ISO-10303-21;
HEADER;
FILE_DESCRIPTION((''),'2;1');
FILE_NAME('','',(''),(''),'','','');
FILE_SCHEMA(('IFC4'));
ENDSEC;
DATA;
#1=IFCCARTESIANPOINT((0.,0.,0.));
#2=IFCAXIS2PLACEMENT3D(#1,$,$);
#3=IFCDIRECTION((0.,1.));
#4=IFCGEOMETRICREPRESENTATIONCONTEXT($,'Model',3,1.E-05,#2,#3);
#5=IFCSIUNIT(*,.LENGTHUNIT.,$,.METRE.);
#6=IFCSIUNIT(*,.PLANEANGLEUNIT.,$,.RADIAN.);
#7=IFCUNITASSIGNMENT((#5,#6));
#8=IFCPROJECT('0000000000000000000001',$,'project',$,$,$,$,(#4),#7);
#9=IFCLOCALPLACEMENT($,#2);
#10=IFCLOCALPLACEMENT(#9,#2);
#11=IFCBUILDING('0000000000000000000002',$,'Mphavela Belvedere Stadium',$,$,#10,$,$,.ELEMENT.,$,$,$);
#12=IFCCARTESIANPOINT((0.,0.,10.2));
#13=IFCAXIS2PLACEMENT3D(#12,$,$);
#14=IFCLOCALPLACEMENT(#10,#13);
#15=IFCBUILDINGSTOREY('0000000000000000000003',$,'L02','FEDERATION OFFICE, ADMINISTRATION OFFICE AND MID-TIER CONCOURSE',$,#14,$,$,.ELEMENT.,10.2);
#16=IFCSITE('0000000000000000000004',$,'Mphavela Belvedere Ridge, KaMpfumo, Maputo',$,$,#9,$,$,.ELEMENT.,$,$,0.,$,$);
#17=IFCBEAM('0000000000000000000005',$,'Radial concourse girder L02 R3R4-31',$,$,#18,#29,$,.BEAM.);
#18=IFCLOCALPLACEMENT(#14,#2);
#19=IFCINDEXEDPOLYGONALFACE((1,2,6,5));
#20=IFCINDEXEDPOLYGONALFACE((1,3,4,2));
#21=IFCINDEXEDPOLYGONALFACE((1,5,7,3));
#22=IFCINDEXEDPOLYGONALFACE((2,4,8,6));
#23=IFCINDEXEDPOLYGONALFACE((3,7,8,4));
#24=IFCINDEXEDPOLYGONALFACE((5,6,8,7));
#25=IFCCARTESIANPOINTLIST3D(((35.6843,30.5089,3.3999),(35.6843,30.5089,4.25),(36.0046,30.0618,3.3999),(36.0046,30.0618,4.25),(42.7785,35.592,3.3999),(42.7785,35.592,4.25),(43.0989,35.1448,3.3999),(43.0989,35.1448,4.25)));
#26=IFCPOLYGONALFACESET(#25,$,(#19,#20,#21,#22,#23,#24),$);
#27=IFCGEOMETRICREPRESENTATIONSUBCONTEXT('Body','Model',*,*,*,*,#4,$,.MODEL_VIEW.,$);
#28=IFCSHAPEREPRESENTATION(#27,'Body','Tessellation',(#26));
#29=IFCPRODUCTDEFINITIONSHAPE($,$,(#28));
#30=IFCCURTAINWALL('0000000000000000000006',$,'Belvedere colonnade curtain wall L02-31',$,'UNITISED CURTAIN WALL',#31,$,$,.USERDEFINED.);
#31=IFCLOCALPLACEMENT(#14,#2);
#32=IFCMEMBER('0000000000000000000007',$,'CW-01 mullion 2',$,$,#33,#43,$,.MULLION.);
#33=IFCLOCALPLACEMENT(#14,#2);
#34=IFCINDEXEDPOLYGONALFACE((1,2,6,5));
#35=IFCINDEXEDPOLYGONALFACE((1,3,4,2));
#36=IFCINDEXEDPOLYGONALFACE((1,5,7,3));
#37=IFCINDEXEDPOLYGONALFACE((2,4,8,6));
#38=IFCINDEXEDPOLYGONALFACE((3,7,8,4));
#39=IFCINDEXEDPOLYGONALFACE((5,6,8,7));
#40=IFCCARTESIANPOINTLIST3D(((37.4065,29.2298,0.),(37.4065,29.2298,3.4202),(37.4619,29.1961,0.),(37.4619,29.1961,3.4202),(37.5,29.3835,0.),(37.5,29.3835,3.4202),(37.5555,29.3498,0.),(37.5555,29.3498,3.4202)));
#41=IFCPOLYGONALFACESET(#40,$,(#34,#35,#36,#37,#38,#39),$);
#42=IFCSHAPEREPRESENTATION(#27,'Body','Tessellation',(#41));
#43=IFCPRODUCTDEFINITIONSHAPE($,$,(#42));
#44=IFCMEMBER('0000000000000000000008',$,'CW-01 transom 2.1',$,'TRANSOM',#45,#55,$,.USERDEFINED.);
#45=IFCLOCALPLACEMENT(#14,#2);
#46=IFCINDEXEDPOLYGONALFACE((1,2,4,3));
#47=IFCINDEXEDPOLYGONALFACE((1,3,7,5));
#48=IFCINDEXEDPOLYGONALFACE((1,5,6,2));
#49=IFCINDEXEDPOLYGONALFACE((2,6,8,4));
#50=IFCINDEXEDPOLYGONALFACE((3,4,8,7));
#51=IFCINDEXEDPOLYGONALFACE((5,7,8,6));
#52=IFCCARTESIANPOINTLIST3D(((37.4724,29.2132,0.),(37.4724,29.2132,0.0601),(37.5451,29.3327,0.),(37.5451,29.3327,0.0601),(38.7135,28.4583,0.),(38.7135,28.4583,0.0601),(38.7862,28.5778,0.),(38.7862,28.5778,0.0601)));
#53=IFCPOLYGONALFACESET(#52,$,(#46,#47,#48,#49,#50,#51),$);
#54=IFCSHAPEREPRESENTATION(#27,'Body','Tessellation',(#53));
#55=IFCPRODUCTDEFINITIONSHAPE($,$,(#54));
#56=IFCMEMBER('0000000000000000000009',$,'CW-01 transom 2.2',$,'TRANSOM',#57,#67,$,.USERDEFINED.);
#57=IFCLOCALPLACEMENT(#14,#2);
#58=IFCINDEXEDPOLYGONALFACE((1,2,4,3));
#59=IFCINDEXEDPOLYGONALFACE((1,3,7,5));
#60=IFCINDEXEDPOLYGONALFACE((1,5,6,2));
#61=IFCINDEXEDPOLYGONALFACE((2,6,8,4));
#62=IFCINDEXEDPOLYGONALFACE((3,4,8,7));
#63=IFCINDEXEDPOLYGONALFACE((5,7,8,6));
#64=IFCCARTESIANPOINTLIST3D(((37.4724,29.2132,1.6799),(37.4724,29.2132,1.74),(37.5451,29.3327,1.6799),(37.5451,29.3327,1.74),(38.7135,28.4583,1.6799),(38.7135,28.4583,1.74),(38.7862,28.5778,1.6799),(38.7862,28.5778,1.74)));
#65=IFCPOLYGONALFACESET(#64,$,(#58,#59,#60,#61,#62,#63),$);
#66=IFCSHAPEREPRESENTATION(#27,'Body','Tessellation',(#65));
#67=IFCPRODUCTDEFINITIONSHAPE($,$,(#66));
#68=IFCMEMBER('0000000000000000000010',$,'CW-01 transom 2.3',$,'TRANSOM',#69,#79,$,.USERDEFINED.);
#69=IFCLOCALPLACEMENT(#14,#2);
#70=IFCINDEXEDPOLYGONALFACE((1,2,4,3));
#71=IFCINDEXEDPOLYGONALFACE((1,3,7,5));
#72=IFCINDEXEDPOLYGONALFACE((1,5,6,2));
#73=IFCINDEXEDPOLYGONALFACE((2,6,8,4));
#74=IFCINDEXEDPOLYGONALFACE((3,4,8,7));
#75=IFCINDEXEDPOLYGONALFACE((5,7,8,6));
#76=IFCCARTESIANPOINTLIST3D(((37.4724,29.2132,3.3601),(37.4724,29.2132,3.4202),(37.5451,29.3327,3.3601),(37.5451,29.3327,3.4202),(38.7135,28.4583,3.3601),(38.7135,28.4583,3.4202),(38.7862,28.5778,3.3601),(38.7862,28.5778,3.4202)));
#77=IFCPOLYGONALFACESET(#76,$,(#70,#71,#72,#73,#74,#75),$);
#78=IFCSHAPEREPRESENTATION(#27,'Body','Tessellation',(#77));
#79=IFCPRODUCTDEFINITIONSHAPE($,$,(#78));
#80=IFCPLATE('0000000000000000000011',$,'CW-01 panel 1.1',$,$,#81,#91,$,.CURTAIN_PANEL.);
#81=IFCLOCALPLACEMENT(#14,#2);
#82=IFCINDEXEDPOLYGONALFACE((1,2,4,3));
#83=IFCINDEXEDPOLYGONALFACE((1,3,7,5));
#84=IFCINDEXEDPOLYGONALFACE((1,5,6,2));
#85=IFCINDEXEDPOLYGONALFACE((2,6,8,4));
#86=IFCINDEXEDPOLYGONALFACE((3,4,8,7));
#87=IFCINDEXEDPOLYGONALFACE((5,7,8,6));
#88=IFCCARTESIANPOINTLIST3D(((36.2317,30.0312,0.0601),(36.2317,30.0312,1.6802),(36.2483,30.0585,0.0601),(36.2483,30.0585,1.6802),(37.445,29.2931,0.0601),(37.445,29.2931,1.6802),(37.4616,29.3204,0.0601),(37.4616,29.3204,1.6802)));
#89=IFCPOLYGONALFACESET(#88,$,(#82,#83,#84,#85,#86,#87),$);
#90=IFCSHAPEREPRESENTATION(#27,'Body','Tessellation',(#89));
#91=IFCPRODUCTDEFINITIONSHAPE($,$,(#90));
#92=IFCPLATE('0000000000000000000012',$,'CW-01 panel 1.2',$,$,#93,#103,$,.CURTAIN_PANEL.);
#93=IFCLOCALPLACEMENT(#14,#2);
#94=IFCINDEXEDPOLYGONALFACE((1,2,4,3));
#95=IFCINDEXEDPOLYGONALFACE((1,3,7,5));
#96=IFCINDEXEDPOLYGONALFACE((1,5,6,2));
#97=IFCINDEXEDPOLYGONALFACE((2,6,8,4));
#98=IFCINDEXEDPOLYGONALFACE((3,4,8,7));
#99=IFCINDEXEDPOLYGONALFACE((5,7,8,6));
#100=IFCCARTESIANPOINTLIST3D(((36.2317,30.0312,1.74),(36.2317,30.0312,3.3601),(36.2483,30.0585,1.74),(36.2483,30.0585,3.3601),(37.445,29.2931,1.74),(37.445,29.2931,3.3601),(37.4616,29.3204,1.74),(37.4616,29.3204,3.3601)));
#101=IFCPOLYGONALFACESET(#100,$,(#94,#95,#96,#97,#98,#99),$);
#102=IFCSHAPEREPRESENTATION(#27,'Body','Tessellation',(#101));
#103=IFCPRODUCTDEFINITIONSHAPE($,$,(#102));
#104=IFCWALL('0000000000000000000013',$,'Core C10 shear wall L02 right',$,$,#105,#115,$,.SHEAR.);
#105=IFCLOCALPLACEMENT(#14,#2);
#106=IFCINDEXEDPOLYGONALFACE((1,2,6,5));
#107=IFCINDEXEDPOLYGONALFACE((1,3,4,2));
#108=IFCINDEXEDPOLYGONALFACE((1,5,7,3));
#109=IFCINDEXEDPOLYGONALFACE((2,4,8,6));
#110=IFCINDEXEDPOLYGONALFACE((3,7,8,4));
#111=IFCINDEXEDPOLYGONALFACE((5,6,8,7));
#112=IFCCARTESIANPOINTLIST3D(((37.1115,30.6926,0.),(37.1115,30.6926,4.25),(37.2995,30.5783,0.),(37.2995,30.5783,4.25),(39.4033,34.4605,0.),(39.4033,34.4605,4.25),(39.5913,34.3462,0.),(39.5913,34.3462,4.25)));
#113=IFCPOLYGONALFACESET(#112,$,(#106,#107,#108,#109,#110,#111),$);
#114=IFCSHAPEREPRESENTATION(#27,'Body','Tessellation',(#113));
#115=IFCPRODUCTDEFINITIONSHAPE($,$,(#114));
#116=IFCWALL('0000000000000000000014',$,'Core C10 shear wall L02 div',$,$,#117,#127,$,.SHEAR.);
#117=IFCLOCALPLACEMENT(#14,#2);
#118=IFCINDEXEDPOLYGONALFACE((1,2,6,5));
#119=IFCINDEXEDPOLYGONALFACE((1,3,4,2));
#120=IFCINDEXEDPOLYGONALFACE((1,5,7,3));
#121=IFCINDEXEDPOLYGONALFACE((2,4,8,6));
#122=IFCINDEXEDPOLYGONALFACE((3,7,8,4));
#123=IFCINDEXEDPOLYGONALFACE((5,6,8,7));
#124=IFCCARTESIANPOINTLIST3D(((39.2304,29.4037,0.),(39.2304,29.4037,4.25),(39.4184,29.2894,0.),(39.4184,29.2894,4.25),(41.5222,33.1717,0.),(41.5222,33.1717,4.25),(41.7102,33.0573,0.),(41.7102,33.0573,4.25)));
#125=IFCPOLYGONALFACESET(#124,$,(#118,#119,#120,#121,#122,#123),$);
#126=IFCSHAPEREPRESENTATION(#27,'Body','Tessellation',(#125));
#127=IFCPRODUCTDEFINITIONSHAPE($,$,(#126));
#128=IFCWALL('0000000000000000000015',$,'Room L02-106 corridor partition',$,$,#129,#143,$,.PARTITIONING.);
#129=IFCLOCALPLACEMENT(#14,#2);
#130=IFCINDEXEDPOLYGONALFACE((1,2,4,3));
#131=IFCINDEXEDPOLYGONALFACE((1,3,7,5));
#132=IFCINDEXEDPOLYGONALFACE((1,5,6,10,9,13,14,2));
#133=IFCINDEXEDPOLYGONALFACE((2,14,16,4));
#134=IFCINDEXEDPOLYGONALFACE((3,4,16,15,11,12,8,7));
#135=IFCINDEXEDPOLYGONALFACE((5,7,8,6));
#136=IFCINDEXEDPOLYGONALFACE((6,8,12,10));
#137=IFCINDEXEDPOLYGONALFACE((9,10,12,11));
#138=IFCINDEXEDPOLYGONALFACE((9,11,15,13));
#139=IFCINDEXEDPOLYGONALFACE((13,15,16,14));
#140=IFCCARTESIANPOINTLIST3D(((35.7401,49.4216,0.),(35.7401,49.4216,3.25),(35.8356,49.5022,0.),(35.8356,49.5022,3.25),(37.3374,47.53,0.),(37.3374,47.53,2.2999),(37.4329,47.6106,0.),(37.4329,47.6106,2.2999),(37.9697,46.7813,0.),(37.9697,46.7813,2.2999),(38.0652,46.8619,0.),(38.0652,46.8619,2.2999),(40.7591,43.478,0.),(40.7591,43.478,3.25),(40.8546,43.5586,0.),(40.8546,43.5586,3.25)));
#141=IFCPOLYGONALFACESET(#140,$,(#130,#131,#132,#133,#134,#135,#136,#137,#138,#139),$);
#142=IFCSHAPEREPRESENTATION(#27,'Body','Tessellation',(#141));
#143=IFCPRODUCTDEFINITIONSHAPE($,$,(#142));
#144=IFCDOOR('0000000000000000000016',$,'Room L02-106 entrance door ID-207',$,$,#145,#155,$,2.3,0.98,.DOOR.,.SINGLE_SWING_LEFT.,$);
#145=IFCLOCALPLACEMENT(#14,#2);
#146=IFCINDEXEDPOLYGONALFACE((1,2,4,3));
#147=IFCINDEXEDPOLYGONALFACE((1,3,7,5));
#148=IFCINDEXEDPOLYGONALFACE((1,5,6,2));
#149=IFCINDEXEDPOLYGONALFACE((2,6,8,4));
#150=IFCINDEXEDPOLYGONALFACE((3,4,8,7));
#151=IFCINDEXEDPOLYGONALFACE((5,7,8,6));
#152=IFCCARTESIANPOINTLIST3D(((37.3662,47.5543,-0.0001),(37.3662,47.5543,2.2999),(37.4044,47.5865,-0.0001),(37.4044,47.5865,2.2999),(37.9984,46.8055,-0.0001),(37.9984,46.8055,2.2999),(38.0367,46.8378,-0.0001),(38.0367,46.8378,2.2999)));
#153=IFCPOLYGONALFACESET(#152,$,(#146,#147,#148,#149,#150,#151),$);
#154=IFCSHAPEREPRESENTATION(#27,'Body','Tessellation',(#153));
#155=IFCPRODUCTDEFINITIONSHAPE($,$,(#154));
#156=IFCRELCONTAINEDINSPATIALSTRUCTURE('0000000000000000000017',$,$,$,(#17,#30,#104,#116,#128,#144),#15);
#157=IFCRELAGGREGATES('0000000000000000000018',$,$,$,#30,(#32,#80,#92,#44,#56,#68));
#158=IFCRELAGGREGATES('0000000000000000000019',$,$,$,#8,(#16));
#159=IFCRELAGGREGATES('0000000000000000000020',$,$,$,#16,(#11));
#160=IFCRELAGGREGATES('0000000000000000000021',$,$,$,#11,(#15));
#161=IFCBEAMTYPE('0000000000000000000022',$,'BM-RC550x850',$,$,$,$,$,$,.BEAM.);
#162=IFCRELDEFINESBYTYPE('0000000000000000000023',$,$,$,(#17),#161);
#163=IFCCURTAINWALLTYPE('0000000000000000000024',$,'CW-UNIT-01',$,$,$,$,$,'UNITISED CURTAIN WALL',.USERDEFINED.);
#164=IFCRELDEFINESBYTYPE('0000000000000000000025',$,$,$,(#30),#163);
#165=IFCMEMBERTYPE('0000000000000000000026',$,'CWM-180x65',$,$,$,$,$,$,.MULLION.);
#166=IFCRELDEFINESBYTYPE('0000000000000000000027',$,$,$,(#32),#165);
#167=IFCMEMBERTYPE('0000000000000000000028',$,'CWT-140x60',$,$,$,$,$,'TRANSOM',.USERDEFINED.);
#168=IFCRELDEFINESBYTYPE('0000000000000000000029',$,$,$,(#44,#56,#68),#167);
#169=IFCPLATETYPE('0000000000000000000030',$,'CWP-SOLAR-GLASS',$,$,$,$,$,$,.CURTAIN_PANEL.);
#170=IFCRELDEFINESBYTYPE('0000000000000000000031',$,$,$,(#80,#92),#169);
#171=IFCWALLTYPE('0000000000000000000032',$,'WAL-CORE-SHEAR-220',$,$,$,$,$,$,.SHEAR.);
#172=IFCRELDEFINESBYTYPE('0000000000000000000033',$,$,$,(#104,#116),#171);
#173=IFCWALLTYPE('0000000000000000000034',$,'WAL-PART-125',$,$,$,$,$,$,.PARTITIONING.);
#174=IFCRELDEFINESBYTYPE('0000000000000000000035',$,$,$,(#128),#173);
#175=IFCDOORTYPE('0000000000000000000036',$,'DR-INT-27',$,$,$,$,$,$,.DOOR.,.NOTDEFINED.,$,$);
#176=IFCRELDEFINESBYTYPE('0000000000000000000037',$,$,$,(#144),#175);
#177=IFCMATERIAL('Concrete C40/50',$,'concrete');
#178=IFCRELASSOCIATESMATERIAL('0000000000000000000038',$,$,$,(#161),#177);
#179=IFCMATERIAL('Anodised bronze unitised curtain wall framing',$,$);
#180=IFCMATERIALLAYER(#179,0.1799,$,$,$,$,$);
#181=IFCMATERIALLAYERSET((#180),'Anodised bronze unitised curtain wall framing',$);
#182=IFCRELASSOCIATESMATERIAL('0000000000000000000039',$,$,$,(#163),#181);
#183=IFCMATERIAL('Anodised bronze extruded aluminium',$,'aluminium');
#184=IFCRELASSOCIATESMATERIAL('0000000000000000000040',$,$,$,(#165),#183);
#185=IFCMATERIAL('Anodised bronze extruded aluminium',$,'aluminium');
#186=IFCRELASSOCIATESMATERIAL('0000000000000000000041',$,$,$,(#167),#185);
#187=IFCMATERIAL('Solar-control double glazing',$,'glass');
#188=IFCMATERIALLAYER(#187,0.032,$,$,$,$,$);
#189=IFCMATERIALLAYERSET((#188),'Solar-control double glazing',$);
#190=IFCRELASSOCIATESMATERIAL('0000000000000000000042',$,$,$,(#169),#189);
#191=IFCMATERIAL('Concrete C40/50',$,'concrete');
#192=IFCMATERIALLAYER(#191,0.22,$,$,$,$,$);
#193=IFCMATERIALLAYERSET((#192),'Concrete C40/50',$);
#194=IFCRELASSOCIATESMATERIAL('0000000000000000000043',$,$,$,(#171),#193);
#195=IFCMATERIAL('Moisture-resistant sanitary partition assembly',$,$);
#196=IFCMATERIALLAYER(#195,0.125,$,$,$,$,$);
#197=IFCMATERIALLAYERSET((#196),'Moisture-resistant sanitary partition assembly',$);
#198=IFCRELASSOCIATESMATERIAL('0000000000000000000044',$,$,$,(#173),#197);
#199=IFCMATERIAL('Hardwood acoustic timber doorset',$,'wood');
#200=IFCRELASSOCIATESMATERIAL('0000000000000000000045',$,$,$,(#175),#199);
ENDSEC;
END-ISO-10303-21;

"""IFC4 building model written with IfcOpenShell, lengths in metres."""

from ifc_helpers import new_model, si_unit, direction, frame, frame_2d, origin, origin_2d, place, context, subcontext, project, spatial, rectangle, extrude, material, layer, layer_set, material_profile, profile_set, type_object, element, fill, aggregate, save


model = new_model("IFC4")

# Units and contexts
model_context = context("Model", 3, precision=1e-05, world=origin(), true_north=direction((0.0, 1.0)))
body_context = subcontext(model_context, "Body", "Model", "MODEL_VIEW")
ifc_project = project(units=[si_unit("LENGTHUNIT", "METRE"), si_unit("PLANEANGLEUNIT", "RADIAN")], contexts=[model_context])

# Site, building, storey
site_placement = place(None, origin())
site = spatial("IfcSite", under=ifc_project, at=site_placement, Name="Mphavela Belvedere Ridge, KaMpfumo, Maputo", CompositionType="ELEMENT", RefElevation=0.0)
building_placement = place(site_placement, origin())
building = spatial("IfcBuilding", under=site, at=building_placement, Name="Mphavela Belvedere Stadium", CompositionType="ELEMENT")
storey_placement = place(building_placement, frame((0.0, 0.0, 10.2)))
storey = spatial("IfcBuildingStorey", under=building, at=storey_placement, Name="L02", Description="FEDERATION OFFICE, ADMINISTRATION OFFICE AND MID-TIER CONCOURSE", CompositionType="ELEMENT", Elevation=10.2)

# Beam
ifc_material_1 = material(Name="Concrete C40/50", Category="concrete")
ifc_material_profile_1 = material_profile(ifc_material_1, rectangle(XDim=0.55, YDim=0.8501, at=origin_2d()), Name="RC 550x850")
ifc_profile_set_1 = profile_set([ifc_material_profile_1], Name="Concrete C40/50")
beam_type_1 = type_object("IfcBeamType", Name="BM-RC550x850", PredefinedType="BEAM", material=ifc_profile_set_1)
beam_1_placement = place(storey_placement, frame((42.9387, 35.3684, 3.825), z_axis=(-0.812882, -0.582428, 0.0), x_axis=(0.582428, -0.812882, 0.0)))
element("IfcBeam", 1, at=beam_1_placement, inside=storey, type_object=beam_type_1, Name="Radial concourse girder L02 R3R4-31", PredefinedType="BEAM", context=body_context, shape_type="SweptSolid", body=[
    extrude(rectangle(XDim=0.55, YDim=0.8501, at=origin_2d()), origin(), (0.0, 0.0, 1.0), 8.7273),
])

# Curtain wall, members, plates
ifc_material_2 = material(Name="Anodised bronze unitised curtain wall framing")
ifc_layer_1 = layer(ifc_material_2, 0.1799)
ifc_layer_set_1 = layer_set([ifc_layer_1], Name="Anodised bronze unitised curtain wall framing")
curtain_wall_type = type_object("IfcCurtainWallType", Name="CW-UNIT-01", ElementType="UNITISED CURTAIN WALL", PredefinedType="USERDEFINED", material=ifc_layer_set_1)
curtain_wall_placement = place(storey_placement, origin())
curtain_wall = element("IfcCurtainWall", 2, at=curtain_wall_placement, inside=storey, type_object=curtain_wall_type, Name="Belvedere colonnade curtain wall L02-31", ObjectType="UNITISED CURTAIN WALL", PredefinedType="USERDEFINED")
ifc_material_3 = material(Name="Anodised bronze extruded aluminium", Category="aluminium")
ifc_material_profile_2 = material_profile(ifc_material_3, rectangle(XDim=0.1799, YDim=0.0649, at=origin_2d()), Name="CW-MUL 180x65")
ifc_profile_set_2 = profile_set([ifc_material_profile_2], Name="Anodised bronze extruded aluminium")
member_type_1 = type_object("IfcMemberType", Name="CWM-180x65", PredefinedType="MULLION", material=ifc_profile_set_2)
member_1_placement = place(storey_placement, frame((37.481, 29.2898, 0.0), z_axis=(0.0, 0.0, 1.0), x_axis=(0.519732, 0.85433, 0.0)))
member_1 = element("IfcMember", 3, at=member_1_placement, type_object=member_type_1, Name="CW-01 mullion 2", PredefinedType="MULLION", context=body_context, shape_type="SweptSolid", body=[
    extrude(rectangle(XDim=0.1799, YDim=0.0649, at=origin_2d()), origin(), (0.0, 0.0, 1.0), 3.4202),
])
ifc_material_4 = material(Name="Anodised bronze extruded aluminium", Category="aluminium")
ifc_material_profile_3 = material_profile(ifc_material_4, rectangle(XDim=0.1399, YDim=0.0601, at=origin_2d()), Name="CW-TRN 140x60")
ifc_profile_set_3 = profile_set([ifc_material_profile_3], Name="Anodised bronze extruded aluminium")
member_type_2 = type_object("IfcMemberType", Name="CWT-140x60", ElementType="TRANSOM", PredefinedType="USERDEFINED", material=ifc_profile_set_3)
member_2_placement = place(storey_placement, frame((37.5088, 29.2729, 0.03), z_axis=(0.854348, -0.519702, 0.0), x_axis=(0.519702, 0.854348, 0.0)))
member_2 = element("IfcMember", 4, at=member_2_placement, type_object=member_type_2, Name="CW-01 transom 2.1", ObjectType="TRANSOM", PredefinedType="USERDEFINED", context=body_context, shape_type="SweptSolid", body=[
    extrude(rectangle(XDim=0.1399, YDim=0.0601, at=origin_2d()), origin(), (0.0, 0.0, 1.0), 1.4526),
])
member_3_placement = place(storey_placement, frame((37.5088, 29.2729, 1.71), z_axis=(0.854348, -0.519702, 0.0), x_axis=(0.519702, 0.854348, 0.0)))
member_3 = element("IfcMember", 5, at=member_3_placement, type_object=member_type_2, Name="CW-01 transom 2.2", ObjectType="TRANSOM", PredefinedType="USERDEFINED", context=body_context, shape_type="SweptSolid", body=[
    extrude(rectangle(XDim=0.1399, YDim=0.0601, at=origin_2d()), origin(), (0.0, 0.0, 1.0), 1.4526),
])
member_4_placement = place(storey_placement, frame((37.5088, 29.2729, 3.3901), z_axis=(0.854348, -0.519702, 0.0), x_axis=(0.519702, 0.854348, 0.0)))
member_4 = element("IfcMember", 6, at=member_4_placement, type_object=member_type_2, Name="CW-01 transom 2.3", ObjectType="TRANSOM", PredefinedType="USERDEFINED", context=body_context, shape_type="SweptSolid", body=[
    extrude(rectangle(XDim=0.1399, YDim=0.0601, at=origin_2d()), origin(), (0.0, 0.0, 1.0), 1.4526),
])
ifc_material_5 = material(Name="Solar-control double glazing", Category="glass")
ifc_layer_2 = layer(ifc_material_5, 0.032)
ifc_layer_set_2 = layer_set([ifc_layer_2], Name="Solar-control double glazing")
plate_type = type_object("IfcPlateType", Name="CWP-SOLAR-GLASS", PredefinedType="CURTAIN_PANEL", material=ifc_layer_set_2)
plate_1_placement = place(storey_placement, frame((36.8467, 29.6758, 0.0601), z_axis=(0.0, 0.0, 1.0), x_axis=(0.85433, -0.519732, 0.0)))
plate_1 = element("IfcPlate", 7, at=plate_1_placement, type_object=plate_type, Name="CW-01 panel 1.1", PredefinedType="CURTAIN_PANEL", context=body_context, shape_type="SweptSolid", body=[
    extrude(rectangle(XDim=1.4202, YDim=0.032, at=origin_2d()), origin(), (0.0, 0.0, 1.0), 1.6201),
])
plate_2_placement = place(storey_placement, frame((36.8467, 29.6758, 1.74), z_axis=(0.0, 0.0, 1.0), x_axis=(0.85433, -0.519732, 0.0)))
plate_2 = element("IfcPlate", 8, at=plate_2_placement, type_object=plate_type, Name="CW-01 panel 1.2", PredefinedType="CURTAIN_PANEL", context=body_context, shape_type="SweptSolid", body=[
    extrude(rectangle(XDim=1.4202, YDim=0.032, at=origin_2d()), origin(), (0.0, 0.0, 1.0), 1.6201),
])
aggregate(curtain_wall, [member_1, plate_1, plate_2, member_2, member_3, member_4])

# Walls
ifc_material_6 = material(Name="Concrete C40/50", Category="concrete")
ifc_layer_3 = layer(ifc_material_6, 0.22)
ifc_layer_set_3 = layer_set([ifc_layer_3], Name="Concrete C40/50")
wall_type_1 = type_object("IfcWallType", Name="WAL-CORE-SHEAR-220", PredefinedType="SHEAR", material=ifc_layer_set_3)
for number, where, z_axis, x_axis, name in (
    (9, (39.4973, 34.4033, 0.0), (0.0, 0.0, 1.0), (-0.519664, -0.854371, 0.0), "Core C10 shear wall L02 right"),
    (10, (41.6162, 33.1145, 0.0), (0.0, 0.0, 1.0), (-0.519664, -0.854371, 0.0), "Core C10 shear wall L02 div"),
):
    element("IfcWall", number, at=place(storey_placement, frame(where, z_axis=z_axis, x_axis=x_axis)), inside=storey, type_object=wall_type_1, Name=name, PredefinedType="SHEAR", context=body_context, shape_type="SweptSolid", body=[
        extrude(rectangle(XDim=4.4102, YDim=0.22, at=frame_2d((2.2051, 0.0))), origin(), (0.0, 0.0, 1.0), 4.25),
    ])

# Wall, opening, door
ifc_material_7 = material(Name="Moisture-resistant sanitary partition assembly")
ifc_layer_4 = layer(ifc_material_7, 0.125)
ifc_layer_set_4 = layer_set([ifc_layer_4], Name="Moisture-resistant sanitary partition assembly")
wall_type_2 = type_object("IfcWallType", Name="WAL-PART-125", PredefinedType="PARTITIONING", material=ifc_layer_set_4)
wall_1_placement = place(storey_placement, frame((40.8069, 43.5183, 0.0), z_axis=(0.0, 0.0, 1.0), x_axis=(-0.645181, 0.76403, 0.0)))
wall_1 = element("IfcWall", 11, at=wall_1_placement, inside=storey, type_object=wall_type_2, Name="Room L02-106 corridor partition", PredefinedType="PARTITIONING", context=body_context, shape_type="SweptSolid", body=[
    extrude(rectangle(XDim=7.7793, YDim=0.125, at=frame_2d((3.8896, 0.0))), origin(), (0.0, 0.0, 1.0), 3.25),
])
opening_1_placement = place(wall_1_placement, frame((4.3235, 0.0, 0.0)))
opening_1 = element("IfcOpeningElement", 12, at=opening_1_placement, cuts=wall_1, PredefinedType="OPENING", context=body_context, shape_type="SweptSolid", body=[
    extrude(rectangle(XDim=0.98, YDim=2.3, at=frame_2d((0.49, 1.1499))), frame((0.0, 0.0725, 0.0), z_axis=(0.0, -1.0, 0.0), x_axis=(1.0, 0.0, 0.0)), (0.0, 0.0, 1.0), 0.145),
])
ifc_material_8 = material(Name="Hardwood acoustic timber doorset", Category="wood")
door_type_1 = type_object("IfcDoorType", Name="DR-INT-27", OperationType="NOTDEFINED", PredefinedType="DOOR", material=ifc_material_8)
door_1_placement = place(opening_1_placement, origin())
door_1 = element("IfcDoor", 13, at=door_1_placement, inside=storey, type_object=door_type_1, Name="Room L02-106 entrance door ID-207", OperationType="SINGLE_SWING_LEFT", OverallHeight=2.3, OverallWidth=0.98, PredefinedType="DOOR", context=body_context, shape_type="SweptSolid", body=[
    extrude(rectangle(XDim=0.98, YDim=2.3, at=frame_2d((0.49, 1.1499))), frame((0.0, 0.0249, 0.0), z_axis=(0.0, -1.0, 0.0), x_axis=(1.0, 0.0, 0.0)), (0.0, 0.0, 1.0), 0.05),
])
fill(opening_1, door_1)

save(model, "model.ifc")
